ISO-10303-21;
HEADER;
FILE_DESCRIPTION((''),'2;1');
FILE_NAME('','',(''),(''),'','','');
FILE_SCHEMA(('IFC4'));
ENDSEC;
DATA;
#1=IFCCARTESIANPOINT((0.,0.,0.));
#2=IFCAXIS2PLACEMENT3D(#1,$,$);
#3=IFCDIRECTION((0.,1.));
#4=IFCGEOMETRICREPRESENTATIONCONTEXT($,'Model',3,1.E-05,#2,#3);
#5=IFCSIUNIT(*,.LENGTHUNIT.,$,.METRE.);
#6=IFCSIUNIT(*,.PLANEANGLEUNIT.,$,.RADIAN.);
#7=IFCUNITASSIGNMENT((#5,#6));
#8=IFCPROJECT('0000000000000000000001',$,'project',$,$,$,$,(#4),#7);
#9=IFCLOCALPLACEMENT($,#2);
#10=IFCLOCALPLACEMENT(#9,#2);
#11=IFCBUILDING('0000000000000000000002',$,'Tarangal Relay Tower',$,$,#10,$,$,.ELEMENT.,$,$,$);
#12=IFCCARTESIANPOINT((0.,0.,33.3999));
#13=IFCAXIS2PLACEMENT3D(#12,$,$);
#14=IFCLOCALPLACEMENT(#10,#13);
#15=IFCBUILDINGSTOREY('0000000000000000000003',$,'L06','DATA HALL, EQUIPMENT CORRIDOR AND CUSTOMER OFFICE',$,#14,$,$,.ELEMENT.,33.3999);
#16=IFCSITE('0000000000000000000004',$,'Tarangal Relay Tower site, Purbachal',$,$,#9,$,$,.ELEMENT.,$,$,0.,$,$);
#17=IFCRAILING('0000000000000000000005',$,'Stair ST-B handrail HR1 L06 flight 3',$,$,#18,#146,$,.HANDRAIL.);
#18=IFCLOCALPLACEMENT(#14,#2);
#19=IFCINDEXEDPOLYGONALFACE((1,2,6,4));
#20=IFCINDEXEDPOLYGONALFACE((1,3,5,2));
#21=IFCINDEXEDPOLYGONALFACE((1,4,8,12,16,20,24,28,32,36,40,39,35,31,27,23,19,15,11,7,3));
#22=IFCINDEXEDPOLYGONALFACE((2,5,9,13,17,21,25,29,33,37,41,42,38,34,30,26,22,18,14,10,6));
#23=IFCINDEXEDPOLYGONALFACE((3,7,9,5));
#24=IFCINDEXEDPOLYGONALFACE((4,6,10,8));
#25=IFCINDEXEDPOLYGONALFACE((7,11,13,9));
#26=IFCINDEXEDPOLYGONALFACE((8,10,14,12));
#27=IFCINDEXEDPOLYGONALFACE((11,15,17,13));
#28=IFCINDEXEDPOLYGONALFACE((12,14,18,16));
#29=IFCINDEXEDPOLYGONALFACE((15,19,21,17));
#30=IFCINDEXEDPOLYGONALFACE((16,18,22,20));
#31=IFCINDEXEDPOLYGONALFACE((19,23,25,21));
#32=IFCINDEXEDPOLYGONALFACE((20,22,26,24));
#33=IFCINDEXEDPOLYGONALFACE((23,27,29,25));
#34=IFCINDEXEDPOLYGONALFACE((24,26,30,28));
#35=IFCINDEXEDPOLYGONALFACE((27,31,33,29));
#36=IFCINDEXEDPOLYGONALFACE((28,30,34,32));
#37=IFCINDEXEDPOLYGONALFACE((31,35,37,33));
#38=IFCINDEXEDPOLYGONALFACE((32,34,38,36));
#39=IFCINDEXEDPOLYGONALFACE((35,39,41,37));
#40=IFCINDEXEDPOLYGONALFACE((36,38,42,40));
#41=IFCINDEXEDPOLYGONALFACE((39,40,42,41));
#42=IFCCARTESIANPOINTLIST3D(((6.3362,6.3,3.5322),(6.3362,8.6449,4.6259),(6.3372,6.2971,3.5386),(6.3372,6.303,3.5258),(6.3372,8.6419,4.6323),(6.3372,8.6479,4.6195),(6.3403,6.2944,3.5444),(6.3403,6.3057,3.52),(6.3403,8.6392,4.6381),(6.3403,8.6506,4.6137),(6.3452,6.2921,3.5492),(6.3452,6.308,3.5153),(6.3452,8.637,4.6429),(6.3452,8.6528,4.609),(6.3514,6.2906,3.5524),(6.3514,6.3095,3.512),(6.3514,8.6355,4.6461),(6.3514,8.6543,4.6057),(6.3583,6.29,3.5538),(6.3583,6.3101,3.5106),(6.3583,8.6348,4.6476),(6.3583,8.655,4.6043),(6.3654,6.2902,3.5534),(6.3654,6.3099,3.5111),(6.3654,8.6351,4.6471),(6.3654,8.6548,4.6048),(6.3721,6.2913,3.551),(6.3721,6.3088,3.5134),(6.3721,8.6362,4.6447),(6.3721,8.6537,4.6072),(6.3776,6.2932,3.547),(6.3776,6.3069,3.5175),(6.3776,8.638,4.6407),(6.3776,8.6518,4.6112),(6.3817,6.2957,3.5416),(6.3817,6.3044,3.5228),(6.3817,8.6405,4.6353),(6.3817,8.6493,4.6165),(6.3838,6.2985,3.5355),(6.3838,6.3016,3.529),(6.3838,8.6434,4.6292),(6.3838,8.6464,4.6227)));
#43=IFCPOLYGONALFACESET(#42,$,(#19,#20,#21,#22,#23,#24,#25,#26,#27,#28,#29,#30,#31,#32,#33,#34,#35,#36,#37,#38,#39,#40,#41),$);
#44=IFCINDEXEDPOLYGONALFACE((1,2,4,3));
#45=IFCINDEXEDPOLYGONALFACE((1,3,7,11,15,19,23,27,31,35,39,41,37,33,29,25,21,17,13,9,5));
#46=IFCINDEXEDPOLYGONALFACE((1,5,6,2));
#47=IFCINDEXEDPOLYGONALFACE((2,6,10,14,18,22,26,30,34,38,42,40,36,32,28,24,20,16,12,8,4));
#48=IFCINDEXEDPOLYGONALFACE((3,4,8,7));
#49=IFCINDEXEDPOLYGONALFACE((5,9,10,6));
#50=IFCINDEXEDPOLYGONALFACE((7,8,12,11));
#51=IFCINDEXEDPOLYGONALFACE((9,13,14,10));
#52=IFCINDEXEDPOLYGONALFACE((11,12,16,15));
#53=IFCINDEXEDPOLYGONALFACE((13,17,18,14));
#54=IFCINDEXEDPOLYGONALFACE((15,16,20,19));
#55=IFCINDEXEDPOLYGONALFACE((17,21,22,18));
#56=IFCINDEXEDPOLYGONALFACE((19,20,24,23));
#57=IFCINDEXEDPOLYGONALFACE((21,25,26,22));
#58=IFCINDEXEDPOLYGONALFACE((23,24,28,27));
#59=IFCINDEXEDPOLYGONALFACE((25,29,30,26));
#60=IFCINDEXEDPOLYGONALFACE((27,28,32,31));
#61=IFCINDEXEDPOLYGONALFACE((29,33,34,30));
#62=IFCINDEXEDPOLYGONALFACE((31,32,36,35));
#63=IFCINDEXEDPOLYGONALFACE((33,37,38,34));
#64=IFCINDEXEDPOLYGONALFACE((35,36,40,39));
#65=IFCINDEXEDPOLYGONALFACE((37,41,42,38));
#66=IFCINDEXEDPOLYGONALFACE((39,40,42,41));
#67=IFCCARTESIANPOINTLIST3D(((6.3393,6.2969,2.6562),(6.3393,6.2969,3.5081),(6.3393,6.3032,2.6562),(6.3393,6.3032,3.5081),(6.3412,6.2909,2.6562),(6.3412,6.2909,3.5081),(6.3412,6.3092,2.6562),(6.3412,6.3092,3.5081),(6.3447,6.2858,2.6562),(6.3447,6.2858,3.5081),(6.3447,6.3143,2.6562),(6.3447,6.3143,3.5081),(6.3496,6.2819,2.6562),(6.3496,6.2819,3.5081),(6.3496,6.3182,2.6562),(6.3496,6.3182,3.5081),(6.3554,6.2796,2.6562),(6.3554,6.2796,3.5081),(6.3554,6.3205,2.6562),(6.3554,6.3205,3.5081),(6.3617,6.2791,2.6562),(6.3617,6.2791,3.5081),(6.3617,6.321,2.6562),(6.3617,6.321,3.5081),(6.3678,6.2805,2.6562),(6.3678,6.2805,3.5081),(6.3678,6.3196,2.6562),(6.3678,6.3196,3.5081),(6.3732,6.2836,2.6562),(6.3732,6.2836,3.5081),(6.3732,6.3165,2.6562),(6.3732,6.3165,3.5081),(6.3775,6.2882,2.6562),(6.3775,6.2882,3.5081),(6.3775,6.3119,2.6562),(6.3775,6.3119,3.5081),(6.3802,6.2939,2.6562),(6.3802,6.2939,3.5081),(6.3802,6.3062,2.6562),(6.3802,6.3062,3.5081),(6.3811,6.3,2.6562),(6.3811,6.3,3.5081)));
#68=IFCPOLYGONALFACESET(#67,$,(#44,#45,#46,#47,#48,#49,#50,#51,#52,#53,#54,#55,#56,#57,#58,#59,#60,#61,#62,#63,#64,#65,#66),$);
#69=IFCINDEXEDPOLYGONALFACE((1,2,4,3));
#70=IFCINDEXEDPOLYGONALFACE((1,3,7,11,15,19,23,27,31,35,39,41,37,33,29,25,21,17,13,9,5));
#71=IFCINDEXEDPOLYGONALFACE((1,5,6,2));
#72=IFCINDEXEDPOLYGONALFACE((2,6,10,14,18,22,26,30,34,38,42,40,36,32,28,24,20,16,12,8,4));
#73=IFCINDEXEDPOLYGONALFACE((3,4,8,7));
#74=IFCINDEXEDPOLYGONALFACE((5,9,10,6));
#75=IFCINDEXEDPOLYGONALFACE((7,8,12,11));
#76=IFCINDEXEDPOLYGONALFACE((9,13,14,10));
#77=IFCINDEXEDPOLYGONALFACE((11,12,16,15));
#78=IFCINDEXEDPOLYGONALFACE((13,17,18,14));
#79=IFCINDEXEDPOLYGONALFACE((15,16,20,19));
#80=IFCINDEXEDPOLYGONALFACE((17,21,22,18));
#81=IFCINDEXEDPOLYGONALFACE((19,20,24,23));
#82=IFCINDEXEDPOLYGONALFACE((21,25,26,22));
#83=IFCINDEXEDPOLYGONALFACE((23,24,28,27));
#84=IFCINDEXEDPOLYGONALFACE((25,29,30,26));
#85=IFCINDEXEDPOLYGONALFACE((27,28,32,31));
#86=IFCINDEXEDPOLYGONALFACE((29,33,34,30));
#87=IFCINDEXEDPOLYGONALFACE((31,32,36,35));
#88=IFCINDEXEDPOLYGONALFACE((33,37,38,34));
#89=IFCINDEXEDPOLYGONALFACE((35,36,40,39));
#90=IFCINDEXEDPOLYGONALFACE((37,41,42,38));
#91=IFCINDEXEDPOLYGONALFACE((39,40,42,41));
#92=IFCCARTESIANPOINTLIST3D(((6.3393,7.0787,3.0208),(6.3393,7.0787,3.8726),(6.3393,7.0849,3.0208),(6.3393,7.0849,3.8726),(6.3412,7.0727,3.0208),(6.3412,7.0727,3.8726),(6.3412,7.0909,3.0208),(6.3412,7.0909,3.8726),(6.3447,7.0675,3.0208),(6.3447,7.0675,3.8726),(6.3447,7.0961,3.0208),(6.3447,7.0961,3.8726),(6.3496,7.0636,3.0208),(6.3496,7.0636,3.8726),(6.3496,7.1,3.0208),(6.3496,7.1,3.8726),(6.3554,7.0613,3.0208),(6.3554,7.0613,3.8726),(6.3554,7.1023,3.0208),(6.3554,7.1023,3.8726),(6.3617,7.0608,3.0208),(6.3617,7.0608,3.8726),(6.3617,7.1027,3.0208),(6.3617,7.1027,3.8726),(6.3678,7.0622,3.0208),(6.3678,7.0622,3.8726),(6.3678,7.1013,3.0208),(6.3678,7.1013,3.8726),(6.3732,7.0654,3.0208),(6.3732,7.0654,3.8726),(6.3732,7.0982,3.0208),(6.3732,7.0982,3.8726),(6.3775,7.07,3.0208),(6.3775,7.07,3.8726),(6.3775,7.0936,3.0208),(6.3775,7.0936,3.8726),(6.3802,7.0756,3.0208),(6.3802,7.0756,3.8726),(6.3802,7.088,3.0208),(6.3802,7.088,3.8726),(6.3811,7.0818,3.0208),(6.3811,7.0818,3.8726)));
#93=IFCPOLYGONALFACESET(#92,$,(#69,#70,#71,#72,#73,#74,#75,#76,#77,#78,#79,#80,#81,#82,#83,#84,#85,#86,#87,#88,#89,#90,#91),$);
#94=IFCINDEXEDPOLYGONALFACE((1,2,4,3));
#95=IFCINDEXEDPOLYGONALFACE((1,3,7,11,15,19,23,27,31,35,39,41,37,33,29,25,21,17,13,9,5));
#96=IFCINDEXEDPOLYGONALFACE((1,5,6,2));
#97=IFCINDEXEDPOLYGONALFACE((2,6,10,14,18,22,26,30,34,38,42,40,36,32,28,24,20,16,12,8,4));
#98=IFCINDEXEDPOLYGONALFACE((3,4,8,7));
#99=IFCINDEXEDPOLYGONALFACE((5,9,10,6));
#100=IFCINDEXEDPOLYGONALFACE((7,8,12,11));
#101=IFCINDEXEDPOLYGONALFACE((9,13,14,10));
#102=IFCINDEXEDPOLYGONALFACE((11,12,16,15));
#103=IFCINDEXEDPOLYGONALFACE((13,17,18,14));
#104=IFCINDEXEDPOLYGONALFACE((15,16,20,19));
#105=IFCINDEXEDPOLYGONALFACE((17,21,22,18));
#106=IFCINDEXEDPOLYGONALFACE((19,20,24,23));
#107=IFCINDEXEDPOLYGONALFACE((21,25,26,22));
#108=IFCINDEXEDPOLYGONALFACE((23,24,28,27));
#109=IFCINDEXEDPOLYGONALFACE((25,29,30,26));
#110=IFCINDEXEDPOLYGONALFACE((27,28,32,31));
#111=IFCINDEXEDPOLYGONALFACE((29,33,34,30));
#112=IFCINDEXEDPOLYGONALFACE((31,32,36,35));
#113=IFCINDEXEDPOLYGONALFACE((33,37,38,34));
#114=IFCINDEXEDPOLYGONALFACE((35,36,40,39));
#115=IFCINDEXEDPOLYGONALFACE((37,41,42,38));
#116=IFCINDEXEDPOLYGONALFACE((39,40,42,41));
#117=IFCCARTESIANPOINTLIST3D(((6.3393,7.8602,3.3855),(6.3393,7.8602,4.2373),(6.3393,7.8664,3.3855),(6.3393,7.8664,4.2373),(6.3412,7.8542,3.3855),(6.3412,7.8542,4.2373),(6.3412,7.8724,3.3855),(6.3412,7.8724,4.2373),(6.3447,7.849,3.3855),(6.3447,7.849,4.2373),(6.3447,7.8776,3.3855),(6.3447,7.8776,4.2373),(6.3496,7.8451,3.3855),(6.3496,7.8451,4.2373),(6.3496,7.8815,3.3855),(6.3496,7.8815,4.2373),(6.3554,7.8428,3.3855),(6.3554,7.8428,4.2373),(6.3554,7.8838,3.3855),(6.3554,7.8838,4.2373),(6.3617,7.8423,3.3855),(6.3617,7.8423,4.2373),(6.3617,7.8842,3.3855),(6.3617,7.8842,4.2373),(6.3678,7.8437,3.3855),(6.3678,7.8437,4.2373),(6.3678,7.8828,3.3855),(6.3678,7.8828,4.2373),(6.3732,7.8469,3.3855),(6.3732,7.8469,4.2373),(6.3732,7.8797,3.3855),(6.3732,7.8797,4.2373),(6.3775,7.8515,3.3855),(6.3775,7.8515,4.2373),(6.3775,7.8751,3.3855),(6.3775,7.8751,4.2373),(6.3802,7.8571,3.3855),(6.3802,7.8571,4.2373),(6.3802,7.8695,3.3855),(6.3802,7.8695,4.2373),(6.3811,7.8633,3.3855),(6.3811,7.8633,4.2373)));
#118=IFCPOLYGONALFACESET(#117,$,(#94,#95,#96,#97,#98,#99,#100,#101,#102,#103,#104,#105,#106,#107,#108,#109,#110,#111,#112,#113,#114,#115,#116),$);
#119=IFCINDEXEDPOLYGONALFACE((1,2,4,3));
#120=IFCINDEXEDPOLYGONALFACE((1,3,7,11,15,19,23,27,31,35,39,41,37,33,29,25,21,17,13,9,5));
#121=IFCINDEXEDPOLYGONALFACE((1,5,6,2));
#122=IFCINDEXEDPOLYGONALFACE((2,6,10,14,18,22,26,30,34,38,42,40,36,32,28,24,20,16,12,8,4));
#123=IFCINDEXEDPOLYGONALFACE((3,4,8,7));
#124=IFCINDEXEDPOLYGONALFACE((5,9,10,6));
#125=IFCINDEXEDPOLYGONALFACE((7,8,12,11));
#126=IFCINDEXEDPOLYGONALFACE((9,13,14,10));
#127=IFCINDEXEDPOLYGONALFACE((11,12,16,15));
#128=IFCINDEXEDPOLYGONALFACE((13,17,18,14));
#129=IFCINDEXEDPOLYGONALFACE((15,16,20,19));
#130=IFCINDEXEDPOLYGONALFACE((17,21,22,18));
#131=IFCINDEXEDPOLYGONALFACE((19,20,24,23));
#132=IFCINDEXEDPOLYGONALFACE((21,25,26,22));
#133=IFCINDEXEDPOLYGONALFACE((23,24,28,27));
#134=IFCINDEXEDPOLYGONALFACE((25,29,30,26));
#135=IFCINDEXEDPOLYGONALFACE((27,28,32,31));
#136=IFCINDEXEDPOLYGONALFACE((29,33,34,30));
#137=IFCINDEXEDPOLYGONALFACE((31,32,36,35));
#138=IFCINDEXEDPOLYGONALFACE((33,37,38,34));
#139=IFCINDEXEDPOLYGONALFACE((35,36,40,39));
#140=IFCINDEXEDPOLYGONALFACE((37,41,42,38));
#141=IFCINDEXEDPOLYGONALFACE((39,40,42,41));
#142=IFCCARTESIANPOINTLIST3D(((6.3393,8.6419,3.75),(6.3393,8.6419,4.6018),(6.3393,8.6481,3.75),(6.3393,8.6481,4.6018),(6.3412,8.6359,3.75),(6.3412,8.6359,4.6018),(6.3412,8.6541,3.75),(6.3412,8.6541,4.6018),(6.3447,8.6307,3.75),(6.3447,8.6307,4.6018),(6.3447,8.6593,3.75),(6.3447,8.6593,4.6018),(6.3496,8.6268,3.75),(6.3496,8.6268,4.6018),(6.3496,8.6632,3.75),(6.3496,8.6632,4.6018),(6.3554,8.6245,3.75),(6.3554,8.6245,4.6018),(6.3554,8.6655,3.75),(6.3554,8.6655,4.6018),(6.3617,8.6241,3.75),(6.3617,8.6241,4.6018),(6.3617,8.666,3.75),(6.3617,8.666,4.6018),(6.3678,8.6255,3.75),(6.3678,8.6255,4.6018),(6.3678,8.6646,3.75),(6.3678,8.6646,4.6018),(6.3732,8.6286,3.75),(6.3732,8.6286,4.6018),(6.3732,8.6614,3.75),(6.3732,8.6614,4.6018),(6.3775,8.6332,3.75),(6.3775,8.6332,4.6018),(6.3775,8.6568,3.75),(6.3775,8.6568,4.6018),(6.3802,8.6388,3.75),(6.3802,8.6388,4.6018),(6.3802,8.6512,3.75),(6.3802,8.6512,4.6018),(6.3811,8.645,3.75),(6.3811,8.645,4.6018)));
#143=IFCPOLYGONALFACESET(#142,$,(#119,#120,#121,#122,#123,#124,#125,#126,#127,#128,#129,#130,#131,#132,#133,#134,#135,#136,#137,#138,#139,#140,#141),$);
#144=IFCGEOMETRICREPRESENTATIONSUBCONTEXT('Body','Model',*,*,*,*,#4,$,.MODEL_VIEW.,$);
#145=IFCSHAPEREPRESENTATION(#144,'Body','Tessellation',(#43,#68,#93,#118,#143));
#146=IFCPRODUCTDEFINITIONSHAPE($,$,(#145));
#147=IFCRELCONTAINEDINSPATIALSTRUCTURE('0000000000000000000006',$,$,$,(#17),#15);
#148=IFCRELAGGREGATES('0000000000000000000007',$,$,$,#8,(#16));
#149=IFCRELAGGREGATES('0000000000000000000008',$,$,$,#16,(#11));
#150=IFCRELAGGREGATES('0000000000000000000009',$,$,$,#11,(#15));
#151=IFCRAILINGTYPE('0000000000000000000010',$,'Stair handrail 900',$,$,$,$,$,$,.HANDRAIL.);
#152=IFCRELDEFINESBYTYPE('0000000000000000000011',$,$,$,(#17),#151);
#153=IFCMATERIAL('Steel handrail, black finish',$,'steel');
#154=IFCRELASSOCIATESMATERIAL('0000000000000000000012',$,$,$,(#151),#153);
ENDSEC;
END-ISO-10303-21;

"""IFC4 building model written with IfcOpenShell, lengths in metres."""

from ifc_helpers import new_model, si_unit, direction, frame, origin, origin_2d, place, context, subcontext, project, spatial, circle, extrude, material, type_object, element, save


model = new_model("IFC4")

# Units and contexts
model_context = context("Model", 3, precision=1e-05, world=origin(), true_north=direction((0.0, 1.0)))
body_context = subcontext(model_context, "Body", "Model", "MODEL_VIEW")
ifc_project = project(units=[si_unit("LENGTHUNIT", "METRE"), si_unit("PLANEANGLEUNIT", "RADIAN")], contexts=[model_context])

# Site, building, storey
site_placement = place(None, origin())
site = spatial("IfcSite", under=ifc_project, at=site_placement, Name="Tarangal Relay Tower site, Purbachal", CompositionType="ELEMENT", RefElevation=0.0)
building_placement = place(site_placement, origin())
building = spatial("IfcBuilding", under=site, at=building_placement, Name="Tarangal Relay Tower", CompositionType="ELEMENT")
storey_placement = place(building_placement, frame((0.0, 0.0, 33.3999)))
storey = spatial("IfcBuildingStorey", under=building, at=storey_placement, Name="L06", Description="DATA HALL, EQUIPMENT CORRIDOR AND CUSTOMER OFFICE", CompositionType="ELEMENT", Elevation=33.3999)

# Railing
ifc_material_1 = material(Name="Steel handrail, black finish", Category="steel")
railing_type_1 = type_object("IfcRailingType", Name="Stair handrail 900", PredefinedType="HANDRAIL", material=ifc_material_1)
for number, where, name in (
    (1, (6.3601, 6.3, 2.6562), "Stair ST-B handrail HR1 L06 flight 3"),
):
    element("IfcRailing", number, at=place(storey_placement, frame(where)), inside=storey, type_object=railing_type_1, Name=name, PredefinedType="HANDRAIL", context=body_context, shape_type="SweptSolid", body=[
        extrude(circle(Radius=0.0239, at=origin_2d()), frame((0.0, 0.0, 0.876), z_axis=(0.0, 0.906267, 0.422705), x_axis=(-1.0, 0.0, 0.0)), (0.0, 0.0, 1.0), 2.5874),
        extrude(circle(Radius=0.021, at=origin_2d()), origin(), (0.0, 0.0, 1.0), 0.8518),
        extrude(circle(Radius=0.021, at=origin_2d()), frame((0.0, 0.7817, 0.3645)), (0.0, 0.0, 1.0), 0.8518),
        extrude(circle(Radius=0.021, at=origin_2d()), frame((0.0, 1.5632, 0.7292)), (0.0, 0.0, 1.0), 0.8518),
        extrude(circle(Radius=0.021, at=origin_2d()), frame((0.0, 2.345, 1.0938)), (0.0, 0.0, 1.0), 0.8518),
    ])

save(model, "model.ifc")
